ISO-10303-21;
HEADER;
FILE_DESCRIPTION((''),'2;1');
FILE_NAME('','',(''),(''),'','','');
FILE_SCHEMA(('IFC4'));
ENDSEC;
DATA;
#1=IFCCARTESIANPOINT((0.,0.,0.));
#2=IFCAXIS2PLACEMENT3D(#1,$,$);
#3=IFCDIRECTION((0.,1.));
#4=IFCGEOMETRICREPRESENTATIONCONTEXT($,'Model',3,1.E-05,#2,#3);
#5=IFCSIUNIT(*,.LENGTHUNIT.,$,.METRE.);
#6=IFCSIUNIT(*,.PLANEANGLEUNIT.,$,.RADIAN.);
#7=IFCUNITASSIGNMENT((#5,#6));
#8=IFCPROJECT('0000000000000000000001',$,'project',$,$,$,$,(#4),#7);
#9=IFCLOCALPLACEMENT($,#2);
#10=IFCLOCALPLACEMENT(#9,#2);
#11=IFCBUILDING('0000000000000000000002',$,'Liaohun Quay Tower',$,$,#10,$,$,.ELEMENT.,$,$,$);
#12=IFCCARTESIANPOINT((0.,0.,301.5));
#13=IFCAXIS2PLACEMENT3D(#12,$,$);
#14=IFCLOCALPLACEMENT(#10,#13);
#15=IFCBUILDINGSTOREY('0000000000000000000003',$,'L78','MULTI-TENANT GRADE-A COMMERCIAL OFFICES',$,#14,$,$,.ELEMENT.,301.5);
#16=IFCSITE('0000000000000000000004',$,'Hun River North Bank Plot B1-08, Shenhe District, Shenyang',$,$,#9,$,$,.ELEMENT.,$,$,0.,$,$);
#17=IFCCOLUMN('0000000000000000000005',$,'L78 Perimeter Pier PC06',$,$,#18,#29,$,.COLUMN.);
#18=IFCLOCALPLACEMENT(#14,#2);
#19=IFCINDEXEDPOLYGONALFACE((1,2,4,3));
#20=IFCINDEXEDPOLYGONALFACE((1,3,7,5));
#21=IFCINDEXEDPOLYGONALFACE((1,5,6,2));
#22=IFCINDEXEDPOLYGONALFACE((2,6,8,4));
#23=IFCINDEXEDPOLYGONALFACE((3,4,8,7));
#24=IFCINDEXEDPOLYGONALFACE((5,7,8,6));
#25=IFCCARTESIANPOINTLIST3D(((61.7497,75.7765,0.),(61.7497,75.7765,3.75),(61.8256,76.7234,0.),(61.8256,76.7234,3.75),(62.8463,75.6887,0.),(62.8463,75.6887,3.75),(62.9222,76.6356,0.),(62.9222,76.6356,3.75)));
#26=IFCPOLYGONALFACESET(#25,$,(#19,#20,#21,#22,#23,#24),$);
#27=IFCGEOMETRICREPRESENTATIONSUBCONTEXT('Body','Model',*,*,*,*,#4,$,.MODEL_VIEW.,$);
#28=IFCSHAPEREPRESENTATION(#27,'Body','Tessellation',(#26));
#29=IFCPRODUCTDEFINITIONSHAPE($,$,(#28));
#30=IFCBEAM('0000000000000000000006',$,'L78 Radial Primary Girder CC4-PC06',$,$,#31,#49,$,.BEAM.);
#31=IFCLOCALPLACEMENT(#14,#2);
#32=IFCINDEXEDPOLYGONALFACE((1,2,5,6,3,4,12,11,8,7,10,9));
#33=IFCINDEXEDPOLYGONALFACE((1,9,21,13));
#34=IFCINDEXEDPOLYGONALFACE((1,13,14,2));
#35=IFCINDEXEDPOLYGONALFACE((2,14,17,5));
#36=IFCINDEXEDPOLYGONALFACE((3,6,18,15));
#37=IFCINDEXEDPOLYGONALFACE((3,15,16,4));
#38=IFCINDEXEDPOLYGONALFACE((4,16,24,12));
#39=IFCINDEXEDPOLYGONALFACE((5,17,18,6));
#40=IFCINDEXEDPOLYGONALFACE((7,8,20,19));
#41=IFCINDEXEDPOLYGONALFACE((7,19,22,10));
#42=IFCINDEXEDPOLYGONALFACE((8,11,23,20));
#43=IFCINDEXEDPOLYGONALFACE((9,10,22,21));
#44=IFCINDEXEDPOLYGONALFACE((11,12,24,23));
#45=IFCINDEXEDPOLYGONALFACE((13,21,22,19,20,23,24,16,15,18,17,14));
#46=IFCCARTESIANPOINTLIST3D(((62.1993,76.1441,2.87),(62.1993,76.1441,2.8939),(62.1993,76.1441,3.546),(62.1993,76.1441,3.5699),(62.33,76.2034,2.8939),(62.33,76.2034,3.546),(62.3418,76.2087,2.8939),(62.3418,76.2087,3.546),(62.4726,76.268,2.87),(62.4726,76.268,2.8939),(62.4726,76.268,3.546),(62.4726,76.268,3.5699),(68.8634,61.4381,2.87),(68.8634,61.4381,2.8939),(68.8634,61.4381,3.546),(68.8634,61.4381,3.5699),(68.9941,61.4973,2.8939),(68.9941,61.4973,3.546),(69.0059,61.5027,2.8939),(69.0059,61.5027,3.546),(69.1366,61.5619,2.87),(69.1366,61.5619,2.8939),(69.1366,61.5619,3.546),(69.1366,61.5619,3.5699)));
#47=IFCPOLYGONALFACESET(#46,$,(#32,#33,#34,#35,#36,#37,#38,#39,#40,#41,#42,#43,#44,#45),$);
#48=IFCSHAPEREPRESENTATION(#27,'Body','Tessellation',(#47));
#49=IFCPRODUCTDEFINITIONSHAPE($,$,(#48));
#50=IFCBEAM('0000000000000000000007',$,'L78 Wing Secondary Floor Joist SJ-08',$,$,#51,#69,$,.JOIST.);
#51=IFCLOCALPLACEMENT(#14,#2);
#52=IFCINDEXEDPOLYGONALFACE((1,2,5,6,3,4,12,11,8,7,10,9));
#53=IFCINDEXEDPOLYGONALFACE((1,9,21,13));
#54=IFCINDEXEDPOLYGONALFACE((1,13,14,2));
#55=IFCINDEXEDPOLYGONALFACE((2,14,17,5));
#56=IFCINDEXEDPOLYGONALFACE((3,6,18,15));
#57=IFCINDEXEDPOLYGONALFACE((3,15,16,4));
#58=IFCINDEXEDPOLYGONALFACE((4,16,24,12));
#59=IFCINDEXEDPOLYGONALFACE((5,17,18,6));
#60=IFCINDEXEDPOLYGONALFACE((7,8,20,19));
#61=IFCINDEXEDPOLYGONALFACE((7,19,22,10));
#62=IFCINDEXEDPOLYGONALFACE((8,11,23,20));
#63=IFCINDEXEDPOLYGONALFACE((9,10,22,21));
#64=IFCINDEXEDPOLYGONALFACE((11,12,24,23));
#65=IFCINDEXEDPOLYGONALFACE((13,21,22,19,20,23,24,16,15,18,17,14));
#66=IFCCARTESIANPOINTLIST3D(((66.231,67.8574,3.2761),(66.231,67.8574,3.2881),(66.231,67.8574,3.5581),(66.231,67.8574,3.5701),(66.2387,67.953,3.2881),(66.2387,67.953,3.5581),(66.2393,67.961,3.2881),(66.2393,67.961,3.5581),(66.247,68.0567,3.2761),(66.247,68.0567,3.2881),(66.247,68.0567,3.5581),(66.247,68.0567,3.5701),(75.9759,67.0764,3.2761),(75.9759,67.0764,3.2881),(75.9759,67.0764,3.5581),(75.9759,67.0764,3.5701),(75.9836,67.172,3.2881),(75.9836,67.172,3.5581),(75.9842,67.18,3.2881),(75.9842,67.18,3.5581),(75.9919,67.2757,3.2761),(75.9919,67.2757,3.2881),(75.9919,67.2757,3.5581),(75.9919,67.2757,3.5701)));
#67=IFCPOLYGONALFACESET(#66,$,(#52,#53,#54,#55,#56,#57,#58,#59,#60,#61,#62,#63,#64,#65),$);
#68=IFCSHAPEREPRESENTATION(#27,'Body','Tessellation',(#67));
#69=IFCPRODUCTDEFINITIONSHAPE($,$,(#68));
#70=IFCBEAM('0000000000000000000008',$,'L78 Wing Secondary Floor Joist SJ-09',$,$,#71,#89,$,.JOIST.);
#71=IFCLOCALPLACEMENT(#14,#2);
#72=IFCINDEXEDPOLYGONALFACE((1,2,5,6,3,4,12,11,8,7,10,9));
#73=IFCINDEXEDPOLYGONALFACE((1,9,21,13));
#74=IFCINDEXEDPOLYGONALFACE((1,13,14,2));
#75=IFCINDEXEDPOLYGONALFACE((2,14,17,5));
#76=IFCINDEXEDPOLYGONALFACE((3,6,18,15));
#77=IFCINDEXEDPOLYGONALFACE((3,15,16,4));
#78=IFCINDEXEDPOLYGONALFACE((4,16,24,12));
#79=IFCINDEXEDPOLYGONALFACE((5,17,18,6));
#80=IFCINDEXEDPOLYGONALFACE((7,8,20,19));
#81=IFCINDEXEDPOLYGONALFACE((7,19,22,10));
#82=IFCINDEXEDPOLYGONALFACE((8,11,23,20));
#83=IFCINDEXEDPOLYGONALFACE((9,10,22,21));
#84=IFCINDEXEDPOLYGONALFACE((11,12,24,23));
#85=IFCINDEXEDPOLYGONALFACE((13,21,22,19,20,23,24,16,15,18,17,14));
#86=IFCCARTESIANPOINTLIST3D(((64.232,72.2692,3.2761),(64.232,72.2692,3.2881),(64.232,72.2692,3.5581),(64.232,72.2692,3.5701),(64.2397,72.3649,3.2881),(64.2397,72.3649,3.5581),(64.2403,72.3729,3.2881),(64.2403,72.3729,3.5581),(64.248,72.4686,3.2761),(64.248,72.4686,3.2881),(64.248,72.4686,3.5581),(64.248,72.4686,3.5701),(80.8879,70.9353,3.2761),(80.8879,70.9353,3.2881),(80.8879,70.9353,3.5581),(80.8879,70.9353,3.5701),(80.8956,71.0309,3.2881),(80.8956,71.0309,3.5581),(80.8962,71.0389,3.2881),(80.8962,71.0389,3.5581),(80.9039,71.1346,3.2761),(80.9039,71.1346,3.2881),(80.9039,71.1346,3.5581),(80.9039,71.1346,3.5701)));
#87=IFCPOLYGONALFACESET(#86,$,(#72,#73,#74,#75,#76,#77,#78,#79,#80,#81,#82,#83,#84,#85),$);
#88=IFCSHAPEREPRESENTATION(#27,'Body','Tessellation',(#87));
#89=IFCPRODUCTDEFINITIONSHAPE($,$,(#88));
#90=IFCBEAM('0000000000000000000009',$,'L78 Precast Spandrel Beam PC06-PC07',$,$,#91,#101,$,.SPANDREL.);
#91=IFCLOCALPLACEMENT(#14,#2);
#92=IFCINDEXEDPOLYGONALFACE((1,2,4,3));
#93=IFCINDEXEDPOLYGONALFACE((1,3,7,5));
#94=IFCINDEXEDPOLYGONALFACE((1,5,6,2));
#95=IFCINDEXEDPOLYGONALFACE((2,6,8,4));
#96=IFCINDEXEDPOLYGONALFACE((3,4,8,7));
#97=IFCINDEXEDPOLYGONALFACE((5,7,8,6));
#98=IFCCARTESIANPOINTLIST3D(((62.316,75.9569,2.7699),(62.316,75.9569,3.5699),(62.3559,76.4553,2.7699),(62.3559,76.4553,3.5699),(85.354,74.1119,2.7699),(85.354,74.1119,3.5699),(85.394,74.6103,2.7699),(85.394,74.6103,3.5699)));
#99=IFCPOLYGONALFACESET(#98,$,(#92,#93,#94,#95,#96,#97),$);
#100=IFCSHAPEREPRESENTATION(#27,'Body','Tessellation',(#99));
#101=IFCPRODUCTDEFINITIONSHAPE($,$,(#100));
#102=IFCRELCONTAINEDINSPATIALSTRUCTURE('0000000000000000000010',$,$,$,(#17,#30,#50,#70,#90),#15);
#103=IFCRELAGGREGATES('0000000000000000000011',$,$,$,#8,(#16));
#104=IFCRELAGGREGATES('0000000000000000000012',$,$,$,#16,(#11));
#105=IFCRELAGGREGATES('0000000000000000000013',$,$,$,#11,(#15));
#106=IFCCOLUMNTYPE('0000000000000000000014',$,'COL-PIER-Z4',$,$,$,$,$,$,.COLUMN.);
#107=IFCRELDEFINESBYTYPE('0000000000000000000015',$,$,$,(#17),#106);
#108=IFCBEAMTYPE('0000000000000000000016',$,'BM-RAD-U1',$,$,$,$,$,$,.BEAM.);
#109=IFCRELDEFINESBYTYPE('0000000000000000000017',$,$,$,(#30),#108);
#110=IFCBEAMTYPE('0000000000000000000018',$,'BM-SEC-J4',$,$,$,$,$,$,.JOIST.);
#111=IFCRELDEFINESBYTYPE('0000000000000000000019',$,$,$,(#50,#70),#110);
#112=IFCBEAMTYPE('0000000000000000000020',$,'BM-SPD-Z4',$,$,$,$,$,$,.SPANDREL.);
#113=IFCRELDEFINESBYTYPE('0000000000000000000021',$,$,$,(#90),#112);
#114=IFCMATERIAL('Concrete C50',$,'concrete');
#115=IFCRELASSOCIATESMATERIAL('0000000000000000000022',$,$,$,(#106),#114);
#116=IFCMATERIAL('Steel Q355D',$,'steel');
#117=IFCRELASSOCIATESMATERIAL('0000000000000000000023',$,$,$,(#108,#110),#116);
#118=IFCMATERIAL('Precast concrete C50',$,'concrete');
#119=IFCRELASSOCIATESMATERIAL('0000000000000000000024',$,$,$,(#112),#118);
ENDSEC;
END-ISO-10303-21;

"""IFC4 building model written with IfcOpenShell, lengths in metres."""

from ifc_helpers import new_model, si_unit, direction, frame, origin, origin_2d, place, context, subcontext, project, spatial, rectangle, i_section, extrude, source, transform, mapped, material, material_profile, profile_set, type_object, element, save


model = new_model("IFC4")

# Units and contexts
model_context = context("Model", 3, precision=1e-05, world=origin(), true_north=direction((0.0, 1.0)))
body_context = subcontext(model_context, "Body", "Model", "MODEL_VIEW")
ifc_project = project(units=[si_unit("LENGTHUNIT", "METRE"), si_unit("PLANEANGLEUNIT", "RADIAN")], contexts=[model_context])

# Site, building, storey
site_placement = place(None, origin())
site = spatial("IfcSite", under=ifc_project, at=site_placement, Name="Hun River North Bank Plot B1-08, Shenhe District, Shenyang", CompositionType="ELEMENT", RefElevation=0.0)
building_placement = place(site_placement, origin())
building = spatial("IfcBuilding", under=site, at=building_placement, Name="Liaohun Quay Tower", CompositionType="ELEMENT")
storey_placement = place(building_placement, frame((0.0, 0.0, 301.5)))
storey = spatial("IfcBuildingStorey", under=building, at=storey_placement, Name="L78", Description="MULTI-TENANT GRADE-A COMMERCIAL OFFICES", CompositionType="ELEMENT", Elevation=301.5)

# Column
ifc_material_1 = material(Name="Concrete C50", Category="concrete")
ifc_material_profile_1 = material_profile(ifc_material_1, rectangle(XDim=1.1001, YDim=0.95, at=origin_2d()), Name="RC1100x950")
ifc_profile_set_1 = profile_set([ifc_material_profile_1], Name="Concrete C50")
column_type = type_object("IfcColumnType", Name="COL-PIER-Z4", PredefinedType="COLUMN", material=ifc_profile_set_1)
shared_shape_1 = source(origin(), body_context, "Body", "SweptSolid", [
    extrude(rectangle(XDim=1.1001, YDim=0.95, at=origin_2d()), origin(), (0.0, 0.0, 1.0), 3.75),
])
column_placement = place(storey_placement, frame((62.3359, 76.2061, 0.0), z_axis=(0.0, 0.0, 1.0), x_axis=(-0.996807, 0.079851, 0.0)))
element("IfcColumn", 1, at=column_placement, inside=storey, type_object=column_type, Name="L78 Perimeter Pier PC06", PredefinedType="COLUMN", context=body_context, shape_type="MappedRepresentation", body=[
    mapped(shared_shape_1, transform((0.0, 0.0, 0.0), x_axis=(1.0, 0.0, 0.0), y_axis=(0.0, 1.0, 0.0), z_axis=(0.0, 0.0, 1.0), scale=1.0)),
])

# Beams
ifc_material_2 = material(Name="Steel Q355D", Category="steel")
ifc_material_profile_2 = material_profile(ifc_material_2, i_section(OverallWidth=0.3, OverallDepth=0.7, WebThickness=0.0129, FlangeThickness=0.0239, at=origin_2d()), Name="HN700x300x13x24")
ifc_profile_set_2 = profile_set([ifc_material_profile_2], Name="Steel Q355D")
beam_type_1 = type_object("IfcBeamType", Name="BM-RAD-U1", PredefinedType="BEAM", material=ifc_profile_set_2)
shared_shape_2 = source(origin(), body_context, "Body", "SweptSolid", [
    extrude(i_section(OverallWidth=0.3, OverallDepth=0.7, WebThickness=0.0129, FlangeThickness=0.0239, at=origin_2d()), origin(), (0.0, 0.0, 1.0), 16.1455),
])
beam_1_placement = place(storey_placement, frame((69.0, 61.5, 3.22), z_axis=(-0.41275, 0.910844, 0.0), x_axis=(-0.910844, -0.41275, 0.0)))
element("IfcBeam", 2, at=beam_1_placement, inside=storey, type_object=beam_type_1, Name="L78 Radial Primary Girder CC4-PC06", PredefinedType="BEAM", context=body_context, shape_type="MappedRepresentation", body=[
    mapped(shared_shape_2, transform((0.0, 0.0, 0.0), x_axis=(1.0, 0.0, 0.0), y_axis=(0.0, 1.0, 0.0), z_axis=(0.0, 0.0, 1.0), scale=1.0)),
])
ifc_material_profile_3 = material_profile(ifc_material_2, i_section(OverallWidth=0.2, OverallDepth=0.2939, WebThickness=0.0081, FlangeThickness=0.012, at=origin_2d()), Name="HM294x200x8x12")
ifc_profile_set_3 = profile_set([ifc_material_profile_3], Name="Steel Q355D")
beam_type_2 = type_object("IfcBeamType", Name="BM-SEC-J4", PredefinedType="JOIST", material=ifc_profile_set_3)
shared_shape_3 = source(origin(), body_context, "Body", "SweptSolid", [
    extrude(i_section(OverallWidth=0.2, OverallDepth=0.2939, WebThickness=0.0081, FlangeThickness=0.012, at=origin_2d()), origin(), (0.0, 0.0, 1.0), 9.7761),
])
beam_2_placement = place(storey_placement, frame((66.239, 67.957, 3.4231), z_axis=(0.996804, -0.079889, 0.0), x_axis=(0.079889, 0.996804, 0.0)))
element("IfcBeam", 3, at=beam_2_placement, inside=storey, type_object=beam_type_2, Name="L78 Wing Secondary Floor Joist SJ-08", PredefinedType="JOIST", context=body_context, shape_type="MappedRepresentation", body=[
    mapped(shared_shape_3, transform((0.0, 0.0, 0.0), x_axis=(1.0, 0.0, 0.0), y_axis=(0.0, 1.0, 0.0), z_axis=(0.0, 0.0, 1.0), scale=1.0)),
])
shared_shape_4 = source(origin(), body_context, "Body", "SweptSolid", [
    extrude(i_section(OverallWidth=0.2, OverallDepth=0.2939, WebThickness=0.0081, FlangeThickness=0.012, at=origin_2d()), origin(), (0.0, 0.0, 1.0), 16.7092),
])
beam_3_placement = place(storey_placement, frame((64.24, 72.3689, 3.4231), z_axis=(0.996808, -0.079835, 0.0), x_axis=(0.079835, 0.996808, 0.0)))
element("IfcBeam", 4, at=beam_3_placement, inside=storey, type_object=beam_type_2, Name="L78 Wing Secondary Floor Joist SJ-09", PredefinedType="JOIST", context=body_context, shape_type="MappedRepresentation", body=[
    mapped(shared_shape_4, transform((0.0, 0.0, 0.0), x_axis=(1.0, 0.0, 0.0), y_axis=(0.0, 1.0, 0.0), z_axis=(0.0, 0.0, 1.0), scale=1.0)),
])
ifc_material_3 = material(Name="Precast concrete C50", Category="concrete")
ifc_material_profile_4 = material_profile(ifc_material_3, rectangle(XDim=0.5, YDim=0.8, at=origin_2d()), Name="RC500x800")
ifc_profile_set_4 = profile_set([ifc_material_profile_4], Name="Precast concrete C50")
beam_type_3 = type_object("IfcBeamType", Name="BM-SPD-Z4", PredefinedType="SPANDREL", material=ifc_profile_set_4)
shared_shape_5 = source(origin(), body_context, "Body", "SweptSolid", [
    extrude(rectangle(XDim=0.5, YDim=0.8, at=origin_2d()), origin(), (0.0, 0.0, 1.0), 23.1118),
])
beam_4_placement = place(storey_placement, frame((62.3359, 76.2061, 3.1699), z_axis=(0.996809, -0.079828, 0.0), x_axis=(0.079828, 0.996809, 0.0)))
element("IfcBeam", 5, at=beam_4_placement, inside=storey, type_object=beam_type_3, Name="L78 Precast Spandrel Beam PC06-PC07", PredefinedType="SPANDREL", context=body_context, shape_type="MappedRepresentation", body=[
    mapped(shared_shape_5, transform((0.0, 0.0, 0.0), x_axis=(1.0, 0.0, 0.0), y_axis=(0.0, 1.0, 0.0), z_axis=(0.0, 0.0, 1.0), scale=1.0)),
])

save(model, "model.ifc")
